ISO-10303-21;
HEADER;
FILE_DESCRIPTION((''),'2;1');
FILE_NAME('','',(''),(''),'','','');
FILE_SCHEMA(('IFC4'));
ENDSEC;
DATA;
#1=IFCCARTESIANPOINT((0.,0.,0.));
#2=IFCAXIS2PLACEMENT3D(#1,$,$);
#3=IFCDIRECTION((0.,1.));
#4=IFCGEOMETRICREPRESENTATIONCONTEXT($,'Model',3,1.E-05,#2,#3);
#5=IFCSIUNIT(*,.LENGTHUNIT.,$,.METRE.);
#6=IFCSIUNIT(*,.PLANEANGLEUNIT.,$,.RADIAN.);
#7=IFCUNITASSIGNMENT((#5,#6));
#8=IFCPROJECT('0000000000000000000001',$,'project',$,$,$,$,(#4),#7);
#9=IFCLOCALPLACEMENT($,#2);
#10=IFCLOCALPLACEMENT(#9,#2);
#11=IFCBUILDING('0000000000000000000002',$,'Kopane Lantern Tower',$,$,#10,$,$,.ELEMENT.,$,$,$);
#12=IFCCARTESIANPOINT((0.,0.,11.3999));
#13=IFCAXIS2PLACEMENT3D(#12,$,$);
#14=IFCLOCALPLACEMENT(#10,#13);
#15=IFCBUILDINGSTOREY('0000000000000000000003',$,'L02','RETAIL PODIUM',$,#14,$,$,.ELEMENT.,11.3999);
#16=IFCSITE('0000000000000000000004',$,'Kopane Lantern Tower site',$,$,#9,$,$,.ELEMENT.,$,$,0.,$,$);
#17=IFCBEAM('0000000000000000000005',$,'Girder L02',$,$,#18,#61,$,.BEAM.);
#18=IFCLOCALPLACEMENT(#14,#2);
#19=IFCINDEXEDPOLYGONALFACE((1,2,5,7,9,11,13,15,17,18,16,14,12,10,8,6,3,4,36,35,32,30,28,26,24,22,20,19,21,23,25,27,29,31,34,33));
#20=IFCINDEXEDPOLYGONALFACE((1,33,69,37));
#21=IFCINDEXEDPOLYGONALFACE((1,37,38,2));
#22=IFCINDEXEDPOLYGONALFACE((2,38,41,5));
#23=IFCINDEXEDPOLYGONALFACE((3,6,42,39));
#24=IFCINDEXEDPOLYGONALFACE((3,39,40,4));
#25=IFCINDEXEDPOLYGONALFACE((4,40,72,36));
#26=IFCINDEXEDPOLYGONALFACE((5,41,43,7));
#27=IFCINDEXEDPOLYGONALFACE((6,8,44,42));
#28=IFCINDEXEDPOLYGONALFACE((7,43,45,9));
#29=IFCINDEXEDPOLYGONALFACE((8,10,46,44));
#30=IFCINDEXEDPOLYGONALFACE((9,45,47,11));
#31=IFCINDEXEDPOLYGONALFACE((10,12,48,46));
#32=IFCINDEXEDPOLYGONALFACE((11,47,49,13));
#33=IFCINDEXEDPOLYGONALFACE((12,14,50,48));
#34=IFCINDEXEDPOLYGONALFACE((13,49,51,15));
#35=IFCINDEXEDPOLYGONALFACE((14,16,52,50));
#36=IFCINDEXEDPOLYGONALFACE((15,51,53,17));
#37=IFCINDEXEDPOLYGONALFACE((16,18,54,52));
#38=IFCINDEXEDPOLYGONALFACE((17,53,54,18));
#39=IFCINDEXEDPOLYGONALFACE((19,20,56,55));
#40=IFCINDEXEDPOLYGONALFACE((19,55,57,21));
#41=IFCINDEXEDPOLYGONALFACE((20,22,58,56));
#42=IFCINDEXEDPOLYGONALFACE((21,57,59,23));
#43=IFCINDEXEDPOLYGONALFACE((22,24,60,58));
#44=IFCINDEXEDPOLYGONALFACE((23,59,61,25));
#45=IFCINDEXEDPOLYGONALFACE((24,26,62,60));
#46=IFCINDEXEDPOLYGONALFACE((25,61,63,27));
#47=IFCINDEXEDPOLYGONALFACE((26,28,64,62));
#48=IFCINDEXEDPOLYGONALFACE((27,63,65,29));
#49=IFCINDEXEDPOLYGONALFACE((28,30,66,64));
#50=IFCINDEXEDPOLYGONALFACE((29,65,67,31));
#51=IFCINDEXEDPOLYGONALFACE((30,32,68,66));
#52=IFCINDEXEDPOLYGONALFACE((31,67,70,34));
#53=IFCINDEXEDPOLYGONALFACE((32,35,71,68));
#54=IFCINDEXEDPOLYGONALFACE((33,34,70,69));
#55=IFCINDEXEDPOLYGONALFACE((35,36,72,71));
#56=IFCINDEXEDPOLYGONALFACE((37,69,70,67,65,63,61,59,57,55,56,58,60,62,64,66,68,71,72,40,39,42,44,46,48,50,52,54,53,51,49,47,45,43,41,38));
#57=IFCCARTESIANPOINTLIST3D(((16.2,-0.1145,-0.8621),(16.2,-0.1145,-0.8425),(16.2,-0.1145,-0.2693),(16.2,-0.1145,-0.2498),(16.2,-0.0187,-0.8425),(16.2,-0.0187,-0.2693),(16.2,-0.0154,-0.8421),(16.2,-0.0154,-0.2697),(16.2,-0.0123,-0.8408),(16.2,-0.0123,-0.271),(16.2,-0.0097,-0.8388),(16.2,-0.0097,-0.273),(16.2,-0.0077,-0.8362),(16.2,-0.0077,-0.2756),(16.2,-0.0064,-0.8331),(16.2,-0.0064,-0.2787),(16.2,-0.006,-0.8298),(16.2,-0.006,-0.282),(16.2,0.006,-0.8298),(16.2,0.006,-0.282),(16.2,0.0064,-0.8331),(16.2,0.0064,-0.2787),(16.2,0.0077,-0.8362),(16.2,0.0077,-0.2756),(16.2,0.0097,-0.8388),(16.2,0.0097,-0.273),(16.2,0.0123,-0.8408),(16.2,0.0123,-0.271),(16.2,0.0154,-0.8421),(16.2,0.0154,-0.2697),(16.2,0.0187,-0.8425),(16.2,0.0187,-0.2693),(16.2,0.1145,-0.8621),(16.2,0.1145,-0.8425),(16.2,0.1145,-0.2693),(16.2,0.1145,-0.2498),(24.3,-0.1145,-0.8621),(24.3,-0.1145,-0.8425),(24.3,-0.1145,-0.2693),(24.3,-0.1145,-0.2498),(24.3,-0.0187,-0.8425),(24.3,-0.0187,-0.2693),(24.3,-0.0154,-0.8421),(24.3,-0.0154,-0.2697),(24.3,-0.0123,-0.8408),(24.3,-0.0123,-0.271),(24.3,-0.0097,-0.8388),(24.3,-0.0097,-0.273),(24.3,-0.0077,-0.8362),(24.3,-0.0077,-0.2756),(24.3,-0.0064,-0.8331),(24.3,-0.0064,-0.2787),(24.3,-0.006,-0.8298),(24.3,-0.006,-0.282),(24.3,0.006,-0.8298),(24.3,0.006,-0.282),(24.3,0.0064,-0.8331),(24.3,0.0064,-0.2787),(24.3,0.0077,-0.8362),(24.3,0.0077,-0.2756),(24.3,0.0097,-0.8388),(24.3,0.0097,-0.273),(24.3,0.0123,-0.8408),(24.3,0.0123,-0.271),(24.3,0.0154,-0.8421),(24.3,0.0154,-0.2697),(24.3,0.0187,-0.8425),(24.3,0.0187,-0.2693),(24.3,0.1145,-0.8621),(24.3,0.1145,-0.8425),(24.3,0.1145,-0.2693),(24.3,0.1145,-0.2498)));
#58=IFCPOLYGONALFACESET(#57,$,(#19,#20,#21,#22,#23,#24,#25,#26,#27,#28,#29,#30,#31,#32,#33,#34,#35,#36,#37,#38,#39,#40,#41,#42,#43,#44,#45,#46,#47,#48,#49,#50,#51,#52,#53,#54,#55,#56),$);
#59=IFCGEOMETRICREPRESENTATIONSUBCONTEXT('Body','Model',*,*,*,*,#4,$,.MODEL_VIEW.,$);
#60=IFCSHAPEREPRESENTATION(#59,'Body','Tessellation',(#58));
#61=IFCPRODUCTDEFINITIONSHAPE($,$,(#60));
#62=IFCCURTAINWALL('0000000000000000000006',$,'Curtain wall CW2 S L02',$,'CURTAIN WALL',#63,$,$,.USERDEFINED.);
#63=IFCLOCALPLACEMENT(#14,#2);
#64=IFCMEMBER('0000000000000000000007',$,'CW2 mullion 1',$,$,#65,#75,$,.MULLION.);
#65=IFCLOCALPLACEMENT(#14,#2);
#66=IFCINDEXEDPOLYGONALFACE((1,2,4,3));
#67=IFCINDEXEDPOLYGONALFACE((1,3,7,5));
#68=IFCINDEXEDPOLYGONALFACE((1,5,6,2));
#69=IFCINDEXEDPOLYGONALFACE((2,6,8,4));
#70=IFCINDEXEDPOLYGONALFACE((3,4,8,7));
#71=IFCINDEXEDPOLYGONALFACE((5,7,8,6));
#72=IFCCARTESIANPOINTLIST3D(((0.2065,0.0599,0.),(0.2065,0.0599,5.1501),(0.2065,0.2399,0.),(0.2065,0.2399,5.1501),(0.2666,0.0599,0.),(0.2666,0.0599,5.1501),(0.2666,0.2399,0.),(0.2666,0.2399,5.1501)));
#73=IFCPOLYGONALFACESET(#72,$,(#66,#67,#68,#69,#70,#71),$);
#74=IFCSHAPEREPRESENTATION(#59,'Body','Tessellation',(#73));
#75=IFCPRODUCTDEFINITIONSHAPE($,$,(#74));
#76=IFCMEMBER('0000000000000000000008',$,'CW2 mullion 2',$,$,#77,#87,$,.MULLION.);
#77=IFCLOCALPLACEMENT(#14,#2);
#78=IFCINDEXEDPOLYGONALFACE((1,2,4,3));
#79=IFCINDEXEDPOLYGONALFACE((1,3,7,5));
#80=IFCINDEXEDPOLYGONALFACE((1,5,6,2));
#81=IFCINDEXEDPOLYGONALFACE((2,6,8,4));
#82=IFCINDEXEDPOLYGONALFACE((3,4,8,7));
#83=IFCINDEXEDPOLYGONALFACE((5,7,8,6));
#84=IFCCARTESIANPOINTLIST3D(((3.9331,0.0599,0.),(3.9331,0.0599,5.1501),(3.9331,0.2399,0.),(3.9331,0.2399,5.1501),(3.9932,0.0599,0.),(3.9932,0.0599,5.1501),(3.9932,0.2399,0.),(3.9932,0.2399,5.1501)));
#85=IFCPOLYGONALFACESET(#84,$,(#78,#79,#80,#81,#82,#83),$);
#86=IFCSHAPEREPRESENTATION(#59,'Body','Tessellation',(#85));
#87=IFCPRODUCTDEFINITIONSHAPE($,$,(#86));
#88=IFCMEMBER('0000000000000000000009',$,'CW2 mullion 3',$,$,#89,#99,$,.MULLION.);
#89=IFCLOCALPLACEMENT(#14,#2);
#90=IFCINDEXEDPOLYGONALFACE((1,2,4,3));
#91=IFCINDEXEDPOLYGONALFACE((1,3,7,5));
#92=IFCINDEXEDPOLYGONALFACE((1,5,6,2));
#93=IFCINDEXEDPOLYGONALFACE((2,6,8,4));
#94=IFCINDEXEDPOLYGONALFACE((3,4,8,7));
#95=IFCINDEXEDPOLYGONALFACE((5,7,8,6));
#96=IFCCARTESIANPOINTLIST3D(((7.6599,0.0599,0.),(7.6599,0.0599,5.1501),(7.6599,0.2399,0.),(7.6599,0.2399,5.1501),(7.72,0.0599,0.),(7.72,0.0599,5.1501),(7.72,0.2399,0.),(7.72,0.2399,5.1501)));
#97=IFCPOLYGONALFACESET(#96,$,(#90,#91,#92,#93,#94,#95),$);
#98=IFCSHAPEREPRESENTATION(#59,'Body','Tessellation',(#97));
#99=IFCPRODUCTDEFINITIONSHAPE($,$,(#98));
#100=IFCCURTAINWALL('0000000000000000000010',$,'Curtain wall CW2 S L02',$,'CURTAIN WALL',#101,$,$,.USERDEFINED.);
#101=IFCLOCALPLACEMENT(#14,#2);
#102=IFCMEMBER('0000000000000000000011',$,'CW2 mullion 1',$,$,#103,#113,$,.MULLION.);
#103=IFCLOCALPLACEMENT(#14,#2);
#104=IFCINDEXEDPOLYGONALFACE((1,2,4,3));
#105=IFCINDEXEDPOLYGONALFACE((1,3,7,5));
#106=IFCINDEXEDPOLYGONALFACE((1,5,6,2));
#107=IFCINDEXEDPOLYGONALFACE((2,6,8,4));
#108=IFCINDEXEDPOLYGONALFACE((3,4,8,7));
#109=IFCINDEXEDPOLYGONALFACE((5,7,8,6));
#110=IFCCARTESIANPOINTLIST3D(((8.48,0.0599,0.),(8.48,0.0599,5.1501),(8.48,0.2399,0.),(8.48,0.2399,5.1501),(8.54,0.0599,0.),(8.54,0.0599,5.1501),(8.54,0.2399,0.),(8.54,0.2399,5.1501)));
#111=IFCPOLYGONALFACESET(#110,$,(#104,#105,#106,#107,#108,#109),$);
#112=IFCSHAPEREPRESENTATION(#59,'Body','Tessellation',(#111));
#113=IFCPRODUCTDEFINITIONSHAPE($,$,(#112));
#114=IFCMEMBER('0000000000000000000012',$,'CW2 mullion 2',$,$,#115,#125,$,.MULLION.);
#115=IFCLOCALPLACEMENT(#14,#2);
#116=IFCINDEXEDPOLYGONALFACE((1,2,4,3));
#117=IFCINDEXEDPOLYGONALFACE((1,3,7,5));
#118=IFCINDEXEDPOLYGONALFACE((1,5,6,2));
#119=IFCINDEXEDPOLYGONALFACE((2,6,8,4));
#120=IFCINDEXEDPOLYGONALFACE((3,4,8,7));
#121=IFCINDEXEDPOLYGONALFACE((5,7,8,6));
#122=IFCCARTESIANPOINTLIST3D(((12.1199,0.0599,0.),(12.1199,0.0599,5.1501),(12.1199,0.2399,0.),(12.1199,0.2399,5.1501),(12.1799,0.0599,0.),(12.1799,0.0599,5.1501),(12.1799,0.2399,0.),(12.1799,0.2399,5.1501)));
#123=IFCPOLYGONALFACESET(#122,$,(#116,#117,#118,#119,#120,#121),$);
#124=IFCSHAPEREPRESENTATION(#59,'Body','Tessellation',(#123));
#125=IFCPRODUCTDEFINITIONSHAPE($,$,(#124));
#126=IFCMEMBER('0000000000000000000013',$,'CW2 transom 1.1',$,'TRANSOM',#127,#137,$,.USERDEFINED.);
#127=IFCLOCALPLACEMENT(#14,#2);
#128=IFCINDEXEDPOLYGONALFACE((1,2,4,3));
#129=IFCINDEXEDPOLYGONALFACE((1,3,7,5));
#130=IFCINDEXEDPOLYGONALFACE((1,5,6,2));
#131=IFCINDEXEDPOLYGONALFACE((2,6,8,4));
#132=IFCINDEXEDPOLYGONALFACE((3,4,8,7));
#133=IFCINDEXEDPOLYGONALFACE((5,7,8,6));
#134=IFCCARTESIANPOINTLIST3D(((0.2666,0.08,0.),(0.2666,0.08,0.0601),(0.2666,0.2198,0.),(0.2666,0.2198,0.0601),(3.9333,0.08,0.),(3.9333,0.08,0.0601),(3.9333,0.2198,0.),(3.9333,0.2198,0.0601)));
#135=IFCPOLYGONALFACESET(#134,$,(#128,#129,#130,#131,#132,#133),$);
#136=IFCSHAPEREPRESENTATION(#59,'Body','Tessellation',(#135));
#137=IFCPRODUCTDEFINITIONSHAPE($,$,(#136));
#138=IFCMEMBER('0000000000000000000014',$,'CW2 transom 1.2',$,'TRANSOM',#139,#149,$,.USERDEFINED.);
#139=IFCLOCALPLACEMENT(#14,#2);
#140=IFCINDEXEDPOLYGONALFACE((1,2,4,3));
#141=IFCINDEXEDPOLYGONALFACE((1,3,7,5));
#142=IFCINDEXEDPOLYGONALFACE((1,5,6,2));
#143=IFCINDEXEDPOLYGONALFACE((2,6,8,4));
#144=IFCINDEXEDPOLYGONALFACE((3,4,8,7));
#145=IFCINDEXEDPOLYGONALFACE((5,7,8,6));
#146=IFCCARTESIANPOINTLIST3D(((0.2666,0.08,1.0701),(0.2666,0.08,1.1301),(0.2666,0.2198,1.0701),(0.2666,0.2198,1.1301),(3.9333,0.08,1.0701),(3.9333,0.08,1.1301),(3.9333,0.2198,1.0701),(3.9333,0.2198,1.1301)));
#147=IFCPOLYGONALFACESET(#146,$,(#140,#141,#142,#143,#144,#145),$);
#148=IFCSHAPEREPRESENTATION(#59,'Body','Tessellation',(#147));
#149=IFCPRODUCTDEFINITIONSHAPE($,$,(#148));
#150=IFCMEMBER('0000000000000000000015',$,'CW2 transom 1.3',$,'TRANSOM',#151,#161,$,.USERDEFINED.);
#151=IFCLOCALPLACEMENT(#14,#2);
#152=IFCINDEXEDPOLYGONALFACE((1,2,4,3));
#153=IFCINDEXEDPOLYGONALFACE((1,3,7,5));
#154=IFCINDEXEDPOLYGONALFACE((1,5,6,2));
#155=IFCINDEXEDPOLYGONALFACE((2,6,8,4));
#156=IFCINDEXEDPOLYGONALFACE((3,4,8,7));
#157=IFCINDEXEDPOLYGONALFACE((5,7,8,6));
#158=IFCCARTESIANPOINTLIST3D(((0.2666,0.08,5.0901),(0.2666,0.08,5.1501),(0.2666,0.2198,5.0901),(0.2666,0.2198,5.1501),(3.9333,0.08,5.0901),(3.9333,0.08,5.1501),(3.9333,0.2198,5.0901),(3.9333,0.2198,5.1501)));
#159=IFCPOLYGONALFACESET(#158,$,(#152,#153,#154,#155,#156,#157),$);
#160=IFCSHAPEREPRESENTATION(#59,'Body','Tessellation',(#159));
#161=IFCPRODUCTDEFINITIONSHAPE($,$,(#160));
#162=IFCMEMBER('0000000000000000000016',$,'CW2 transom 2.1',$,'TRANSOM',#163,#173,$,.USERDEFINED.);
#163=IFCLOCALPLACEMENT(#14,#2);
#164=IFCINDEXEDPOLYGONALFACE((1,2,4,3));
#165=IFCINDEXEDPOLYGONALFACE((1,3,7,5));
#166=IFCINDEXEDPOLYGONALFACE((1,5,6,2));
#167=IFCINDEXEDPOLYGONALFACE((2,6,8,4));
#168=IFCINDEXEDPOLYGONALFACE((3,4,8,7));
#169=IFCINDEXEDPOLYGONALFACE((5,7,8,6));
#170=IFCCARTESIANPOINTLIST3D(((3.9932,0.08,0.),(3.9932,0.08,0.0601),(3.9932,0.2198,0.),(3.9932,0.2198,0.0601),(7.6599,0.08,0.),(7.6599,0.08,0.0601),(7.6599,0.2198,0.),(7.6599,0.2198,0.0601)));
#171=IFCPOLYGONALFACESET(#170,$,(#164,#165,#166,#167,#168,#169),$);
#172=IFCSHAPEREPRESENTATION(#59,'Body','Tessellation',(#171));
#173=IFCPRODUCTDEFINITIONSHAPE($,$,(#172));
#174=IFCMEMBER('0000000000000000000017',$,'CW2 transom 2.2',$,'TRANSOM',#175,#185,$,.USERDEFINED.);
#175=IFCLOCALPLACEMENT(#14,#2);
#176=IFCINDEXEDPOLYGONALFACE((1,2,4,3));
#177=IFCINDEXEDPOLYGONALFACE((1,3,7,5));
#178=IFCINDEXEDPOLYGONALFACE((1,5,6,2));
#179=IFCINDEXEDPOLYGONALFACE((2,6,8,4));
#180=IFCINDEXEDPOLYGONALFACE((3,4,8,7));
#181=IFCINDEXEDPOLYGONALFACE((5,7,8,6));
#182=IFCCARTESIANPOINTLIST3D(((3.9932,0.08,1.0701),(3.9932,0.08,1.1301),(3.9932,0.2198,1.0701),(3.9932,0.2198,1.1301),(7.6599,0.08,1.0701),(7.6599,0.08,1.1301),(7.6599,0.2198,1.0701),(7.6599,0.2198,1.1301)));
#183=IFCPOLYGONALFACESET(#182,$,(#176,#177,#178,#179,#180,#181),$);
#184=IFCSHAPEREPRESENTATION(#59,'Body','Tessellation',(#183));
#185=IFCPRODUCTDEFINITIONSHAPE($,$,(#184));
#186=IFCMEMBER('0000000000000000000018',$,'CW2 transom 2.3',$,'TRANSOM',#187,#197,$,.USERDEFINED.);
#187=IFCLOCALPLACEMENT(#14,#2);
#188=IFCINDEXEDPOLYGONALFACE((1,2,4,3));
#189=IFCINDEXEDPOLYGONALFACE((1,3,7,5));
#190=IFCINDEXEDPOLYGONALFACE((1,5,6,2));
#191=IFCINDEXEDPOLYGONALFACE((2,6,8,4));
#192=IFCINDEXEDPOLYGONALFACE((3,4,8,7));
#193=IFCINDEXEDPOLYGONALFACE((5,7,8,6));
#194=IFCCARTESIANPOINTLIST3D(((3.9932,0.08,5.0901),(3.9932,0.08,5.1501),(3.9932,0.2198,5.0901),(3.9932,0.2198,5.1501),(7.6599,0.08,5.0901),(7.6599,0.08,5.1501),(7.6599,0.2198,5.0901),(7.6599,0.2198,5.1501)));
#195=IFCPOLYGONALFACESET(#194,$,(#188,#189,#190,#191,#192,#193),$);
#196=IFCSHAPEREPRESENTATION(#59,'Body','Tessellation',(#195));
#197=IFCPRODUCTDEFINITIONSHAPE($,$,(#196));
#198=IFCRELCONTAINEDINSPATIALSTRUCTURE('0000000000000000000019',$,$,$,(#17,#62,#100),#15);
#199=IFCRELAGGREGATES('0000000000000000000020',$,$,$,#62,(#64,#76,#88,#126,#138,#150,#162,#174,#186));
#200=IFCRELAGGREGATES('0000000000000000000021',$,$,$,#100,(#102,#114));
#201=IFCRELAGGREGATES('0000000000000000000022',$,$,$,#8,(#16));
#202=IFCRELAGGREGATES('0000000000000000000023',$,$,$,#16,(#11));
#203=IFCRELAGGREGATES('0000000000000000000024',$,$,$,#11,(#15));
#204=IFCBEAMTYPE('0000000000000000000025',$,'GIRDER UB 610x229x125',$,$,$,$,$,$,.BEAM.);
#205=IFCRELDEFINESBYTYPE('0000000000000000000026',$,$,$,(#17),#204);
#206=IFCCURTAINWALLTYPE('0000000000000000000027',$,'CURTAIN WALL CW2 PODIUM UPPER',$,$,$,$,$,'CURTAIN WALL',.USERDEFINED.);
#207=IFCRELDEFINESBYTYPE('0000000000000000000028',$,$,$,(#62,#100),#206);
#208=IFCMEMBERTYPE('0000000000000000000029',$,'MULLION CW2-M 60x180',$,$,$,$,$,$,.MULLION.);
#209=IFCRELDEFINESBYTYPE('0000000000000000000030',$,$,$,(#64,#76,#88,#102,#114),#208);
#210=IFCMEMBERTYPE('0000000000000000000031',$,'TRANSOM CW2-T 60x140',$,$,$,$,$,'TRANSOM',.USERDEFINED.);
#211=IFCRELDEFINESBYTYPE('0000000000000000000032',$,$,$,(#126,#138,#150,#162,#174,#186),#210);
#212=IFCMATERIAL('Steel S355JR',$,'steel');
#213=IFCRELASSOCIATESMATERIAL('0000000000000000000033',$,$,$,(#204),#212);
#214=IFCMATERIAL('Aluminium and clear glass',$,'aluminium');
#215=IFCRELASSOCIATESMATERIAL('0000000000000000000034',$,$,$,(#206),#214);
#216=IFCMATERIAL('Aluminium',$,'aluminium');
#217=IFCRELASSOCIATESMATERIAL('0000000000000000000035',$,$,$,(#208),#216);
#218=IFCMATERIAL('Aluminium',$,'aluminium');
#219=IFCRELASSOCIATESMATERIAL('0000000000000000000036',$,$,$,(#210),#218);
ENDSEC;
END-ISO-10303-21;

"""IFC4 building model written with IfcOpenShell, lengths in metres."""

from ifc_helpers import new_model, si_unit, direction, frame, origin, origin_2d, place, context, subcontext, project, spatial, rectangle, i_section, extrude, material, material_profile, profile_set, type_object, element, aggregate, save


model = new_model("IFC4")

# Units and contexts
model_context = context("Model", 3, precision=1e-05, world=origin(), true_north=direction((0.0, 1.0)))
body_context = subcontext(model_context, "Body", "Model", "MODEL_VIEW")
ifc_project = project(units=[si_unit("LENGTHUNIT", "METRE"), si_unit("PLANEANGLEUNIT", "RADIAN")], contexts=[model_context])

# Site, building, storey
site_placement = place(None, origin())
site = spatial("IfcSite", under=ifc_project, at=site_placement, Name="Kopane Lantern Tower site", CompositionType="ELEMENT", RefElevation=0.0)
building_placement = place(site_placement, origin())
building = spatial("IfcBuilding", under=site, at=building_placement, Name="Kopane Lantern Tower", CompositionType="ELEMENT")
storey_placement = place(building_placement, frame((0.0, 0.0, 11.3999)))
storey = spatial("IfcBuildingStorey", under=building, at=storey_placement, Name="L02", Description="RETAIL PODIUM", CompositionType="ELEMENT", Elevation=11.3999)

# Beam
ifc_material_1 = material(Name="Steel S355JR", Category="steel")
ifc_material_profile_1 = material_profile(ifc_material_1, i_section(OverallWidth=0.229, OverallDepth=0.6123, WebThickness=0.012, FlangeThickness=0.0195, FilletRadius=0.0127, at=origin_2d()), Name="UB 610x229x125")
ifc_profile_set_1 = profile_set([ifc_material_profile_1], Name="Steel S355JR")
beam_type = type_object("IfcBeamType", Name="GIRDER UB 610x229x125", PredefinedType="BEAM", material=ifc_profile_set_1)
for number, where, z_axis, x_axis, name in (
    (1, (16.2, 0.0, -0.5559), (1.0, 0.0, 0.0), (0.0, 1.0, 0.0), "Girder L02"),
):
    element("IfcBeam", number, at=place(storey_placement, frame(where, z_axis=z_axis, x_axis=x_axis)), inside=storey, type_object=beam_type, Name=name, PredefinedType="BEAM", context=body_context, shape_type="SweptSolid", body=[
        extrude(i_section(OverallWidth=0.229, OverallDepth=0.6123, WebThickness=0.012, FlangeThickness=0.0195, FilletRadius=0.0127, at=origin_2d()), origin(), (0.0, 0.0, 1.0), 8.1001),
    ])

# Curtain walls, members
ifc_material_2 = material(Name="Aluminium and clear glass", Category="aluminium")
curtain_wall_type = type_object("IfcCurtainWallType", Name="CURTAIN WALL CW2 PODIUM UPPER", ElementType="CURTAIN WALL", PredefinedType="USERDEFINED", material=ifc_material_2)
curtain_wall_1_placement = place(storey_placement, origin())
curtain_wall_1 = element("IfcCurtainWall", 2, at=curtain_wall_1_placement, inside=storey, type_object=curtain_wall_type, Name="Curtain wall CW2 S L02", ObjectType="CURTAIN WALL", PredefinedType="USERDEFINED")
ifc_material_3 = material(Name="Aluminium", Category="aluminium")
ifc_material_profile_2 = material_profile(ifc_material_3, rectangle(XDim=0.0601, YDim=0.1799, at=origin_2d()), Name="AL 60x180")
ifc_profile_set_2 = profile_set([ifc_material_profile_2], Name="Aluminium")
member_type_1 = type_object("IfcMemberType", Name="MULLION CW2-M 60x180", PredefinedType="MULLION", material=ifc_profile_set_2)
member_1_placement = place(storey_placement, frame((0.2366, 0.1499, 0.0), z_axis=(0.0, 0.0, 1.0), x_axis=(1.0, 0.0, 0.0)))
member_1 = element("IfcMember", 3, at=member_1_placement, type_object=member_type_1, Name="CW2 mullion 1", PredefinedType="MULLION", context=body_context, shape_type="SweptSolid", body=[
    extrude(rectangle(XDim=0.0601, YDim=0.1799, at=origin_2d()), origin(), (0.0, 0.0, 1.0), 5.1501),
])
member_2_placement = place(storey_placement, frame((3.9631, 0.1499, 0.0), z_axis=(0.0, 0.0, 1.0), x_axis=(1.0, 0.0, 0.0)))
member_2 = element("IfcMember", 4, at=member_2_placement, type_object=member_type_1, Name="CW2 mullion 2", PredefinedType="MULLION", context=body_context, shape_type="SweptSolid", body=[
    extrude(rectangle(XDim=0.0601, YDim=0.1799, at=origin_2d()), origin(), (0.0, 0.0, 1.0), 5.1501),
])
member_3_placement = place(storey_placement, frame((7.6899, 0.1499, 0.0), z_axis=(0.0, 0.0, 1.0), x_axis=(1.0, 0.0, 0.0)))
member_3 = element("IfcMember", 5, at=member_3_placement, type_object=member_type_1, Name="CW2 mullion 3", PredefinedType="MULLION", context=body_context, shape_type="SweptSolid", body=[
    extrude(rectangle(XDim=0.0601, YDim=0.1799, at=origin_2d()), origin(), (0.0, 0.0, 1.0), 5.1501),
])
curtain_wall_2_placement = place(storey_placement, origin())
curtain_wall_2 = element("IfcCurtainWall", 6, at=curtain_wall_2_placement, inside=storey, type_object=curtain_wall_type, Name="Curtain wall CW2 S L02", ObjectType="CURTAIN WALL", PredefinedType="USERDEFINED")
member_4_placement = place(storey_placement, frame((8.51, 0.1499, 0.0), z_axis=(0.0, 0.0, 1.0), x_axis=(1.0, 0.0, 0.0)))
member_4 = element("IfcMember", 7, at=member_4_placement, type_object=member_type_1, Name="CW2 mullion 1", PredefinedType="MULLION", context=body_context, shape_type="SweptSolid", body=[
    extrude(rectangle(XDim=0.0601, YDim=0.1799, at=origin_2d()), origin(), (0.0, 0.0, 1.0), 5.1501),
])
member_5_placement = place(storey_placement, frame((12.1499, 0.1499, 0.0), z_axis=(0.0, 0.0, 1.0), x_axis=(1.0, 0.0, 0.0)))
member_5 = element("IfcMember", 8, at=member_5_placement, type_object=member_type_1, Name="CW2 mullion 2", PredefinedType="MULLION", context=body_context, shape_type="SweptSolid", body=[
    extrude(rectangle(XDim=0.0601, YDim=0.1799, at=origin_2d()), origin(), (0.0, 0.0, 1.0), 5.1501),
])

# Members
ifc_material_4 = material(Name="Aluminium", Category="aluminium")
ifc_material_profile_3 = material_profile(ifc_material_4, rectangle(XDim=0.1399, YDim=0.0601, at=origin_2d()), Name="AL 140x60")
ifc_profile_set_3 = profile_set([ifc_material_profile_3], Name="Aluminium")
member_type_2 = type_object("IfcMemberType", Name="TRANSOM CW2-T 60x140", ElementType="TRANSOM", PredefinedType="USERDEFINED", material=ifc_profile_set_3)
member_6_placement = place(storey_placement, frame((0.2666, 0.1499, 0.03), z_axis=(1.0, 0.0, 0.0), x_axis=(0.0, 1.0, 0.0)))
member_6 = element("IfcMember", 9, at=member_6_placement, type_object=member_type_2, Name="CW2 transom 1.1", ObjectType="TRANSOM", PredefinedType="USERDEFINED", context=body_context, shape_type="SweptSolid", body=[
    extrude(rectangle(XDim=0.1399, YDim=0.0601, at=origin_2d()), origin(), (0.0, 0.0, 1.0), 3.6667),
])
member_7_placement = place(storey_placement, frame((0.2666, 0.1499, 1.1001), z_axis=(1.0, 0.0, 0.0), x_axis=(0.0, 1.0, 0.0)))
member_7 = element("IfcMember", 10, at=member_7_placement, type_object=member_type_2, Name="CW2 transom 1.2", ObjectType="TRANSOM", PredefinedType="USERDEFINED", context=body_context, shape_type="SweptSolid", body=[
    extrude(rectangle(XDim=0.1399, YDim=0.0601, at=origin_2d()), origin(), (0.0, 0.0, 1.0), 3.6667),
])
member_8_placement = place(storey_placement, frame((0.2666, 0.1499, 5.1201), z_axis=(1.0, 0.0, 0.0), x_axis=(0.0, 1.0, 0.0)))
member_8 = element("IfcMember", 11, at=member_8_placement, type_object=member_type_2, Name="CW2 transom 1.3", ObjectType="TRANSOM", PredefinedType="USERDEFINED", context=body_context, shape_type="SweptSolid", body=[
    extrude(rectangle(XDim=0.1399, YDim=0.0601, at=origin_2d()), origin(), (0.0, 0.0, 1.0), 3.6667),
])
member_9_placement = place(storey_placement, frame((3.9932, 0.1499, 0.03), z_axis=(1.0, 0.0, 0.0), x_axis=(0.0, 1.0, 0.0)))
member_9 = element("IfcMember", 12, at=member_9_placement, type_object=member_type_2, Name="CW2 transom 2.1", ObjectType="TRANSOM", PredefinedType="USERDEFINED", context=body_context, shape_type="SweptSolid", body=[
    extrude(rectangle(XDim=0.1399, YDim=0.0601, at=origin_2d()), origin(), (0.0, 0.0, 1.0), 3.6667),
])
member_10_placement = place(storey_placement, frame((3.9932, 0.1499, 1.1001), z_axis=(1.0, 0.0, 0.0), x_axis=(0.0, 1.0, 0.0)))
member_10 = element("IfcMember", 13, at=member_10_placement, type_object=member_type_2, Name="CW2 transom 2.2", ObjectType="TRANSOM", PredefinedType="USERDEFINED", context=body_context, shape_type="SweptSolid", body=[
    extrude(rectangle(XDim=0.1399, YDim=0.0601, at=origin_2d()), origin(), (0.0, 0.0, 1.0), 3.6667),
])
member_11_placement = place(storey_placement, frame((3.9932, 0.1499, 5.1201), z_axis=(1.0, 0.0, 0.0), x_axis=(0.0, 1.0, 0.0)))
member_11 = element("IfcMember", 14, at=member_11_placement, type_object=member_type_2, Name="CW2 transom 2.3", ObjectType="TRANSOM", PredefinedType="USERDEFINED", context=body_context, shape_type="SweptSolid", body=[
    extrude(rectangle(XDim=0.1399, YDim=0.0601, at=origin_2d()), origin(), (0.0, 0.0, 1.0), 3.6667),
])

aggregate(curtain_wall_1, [member_1, member_2, member_3, member_6, member_7, member_8, member_9, member_10, member_11])
aggregate(curtain_wall_2, [member_4, member_5])

save(model, "model.ifc")
